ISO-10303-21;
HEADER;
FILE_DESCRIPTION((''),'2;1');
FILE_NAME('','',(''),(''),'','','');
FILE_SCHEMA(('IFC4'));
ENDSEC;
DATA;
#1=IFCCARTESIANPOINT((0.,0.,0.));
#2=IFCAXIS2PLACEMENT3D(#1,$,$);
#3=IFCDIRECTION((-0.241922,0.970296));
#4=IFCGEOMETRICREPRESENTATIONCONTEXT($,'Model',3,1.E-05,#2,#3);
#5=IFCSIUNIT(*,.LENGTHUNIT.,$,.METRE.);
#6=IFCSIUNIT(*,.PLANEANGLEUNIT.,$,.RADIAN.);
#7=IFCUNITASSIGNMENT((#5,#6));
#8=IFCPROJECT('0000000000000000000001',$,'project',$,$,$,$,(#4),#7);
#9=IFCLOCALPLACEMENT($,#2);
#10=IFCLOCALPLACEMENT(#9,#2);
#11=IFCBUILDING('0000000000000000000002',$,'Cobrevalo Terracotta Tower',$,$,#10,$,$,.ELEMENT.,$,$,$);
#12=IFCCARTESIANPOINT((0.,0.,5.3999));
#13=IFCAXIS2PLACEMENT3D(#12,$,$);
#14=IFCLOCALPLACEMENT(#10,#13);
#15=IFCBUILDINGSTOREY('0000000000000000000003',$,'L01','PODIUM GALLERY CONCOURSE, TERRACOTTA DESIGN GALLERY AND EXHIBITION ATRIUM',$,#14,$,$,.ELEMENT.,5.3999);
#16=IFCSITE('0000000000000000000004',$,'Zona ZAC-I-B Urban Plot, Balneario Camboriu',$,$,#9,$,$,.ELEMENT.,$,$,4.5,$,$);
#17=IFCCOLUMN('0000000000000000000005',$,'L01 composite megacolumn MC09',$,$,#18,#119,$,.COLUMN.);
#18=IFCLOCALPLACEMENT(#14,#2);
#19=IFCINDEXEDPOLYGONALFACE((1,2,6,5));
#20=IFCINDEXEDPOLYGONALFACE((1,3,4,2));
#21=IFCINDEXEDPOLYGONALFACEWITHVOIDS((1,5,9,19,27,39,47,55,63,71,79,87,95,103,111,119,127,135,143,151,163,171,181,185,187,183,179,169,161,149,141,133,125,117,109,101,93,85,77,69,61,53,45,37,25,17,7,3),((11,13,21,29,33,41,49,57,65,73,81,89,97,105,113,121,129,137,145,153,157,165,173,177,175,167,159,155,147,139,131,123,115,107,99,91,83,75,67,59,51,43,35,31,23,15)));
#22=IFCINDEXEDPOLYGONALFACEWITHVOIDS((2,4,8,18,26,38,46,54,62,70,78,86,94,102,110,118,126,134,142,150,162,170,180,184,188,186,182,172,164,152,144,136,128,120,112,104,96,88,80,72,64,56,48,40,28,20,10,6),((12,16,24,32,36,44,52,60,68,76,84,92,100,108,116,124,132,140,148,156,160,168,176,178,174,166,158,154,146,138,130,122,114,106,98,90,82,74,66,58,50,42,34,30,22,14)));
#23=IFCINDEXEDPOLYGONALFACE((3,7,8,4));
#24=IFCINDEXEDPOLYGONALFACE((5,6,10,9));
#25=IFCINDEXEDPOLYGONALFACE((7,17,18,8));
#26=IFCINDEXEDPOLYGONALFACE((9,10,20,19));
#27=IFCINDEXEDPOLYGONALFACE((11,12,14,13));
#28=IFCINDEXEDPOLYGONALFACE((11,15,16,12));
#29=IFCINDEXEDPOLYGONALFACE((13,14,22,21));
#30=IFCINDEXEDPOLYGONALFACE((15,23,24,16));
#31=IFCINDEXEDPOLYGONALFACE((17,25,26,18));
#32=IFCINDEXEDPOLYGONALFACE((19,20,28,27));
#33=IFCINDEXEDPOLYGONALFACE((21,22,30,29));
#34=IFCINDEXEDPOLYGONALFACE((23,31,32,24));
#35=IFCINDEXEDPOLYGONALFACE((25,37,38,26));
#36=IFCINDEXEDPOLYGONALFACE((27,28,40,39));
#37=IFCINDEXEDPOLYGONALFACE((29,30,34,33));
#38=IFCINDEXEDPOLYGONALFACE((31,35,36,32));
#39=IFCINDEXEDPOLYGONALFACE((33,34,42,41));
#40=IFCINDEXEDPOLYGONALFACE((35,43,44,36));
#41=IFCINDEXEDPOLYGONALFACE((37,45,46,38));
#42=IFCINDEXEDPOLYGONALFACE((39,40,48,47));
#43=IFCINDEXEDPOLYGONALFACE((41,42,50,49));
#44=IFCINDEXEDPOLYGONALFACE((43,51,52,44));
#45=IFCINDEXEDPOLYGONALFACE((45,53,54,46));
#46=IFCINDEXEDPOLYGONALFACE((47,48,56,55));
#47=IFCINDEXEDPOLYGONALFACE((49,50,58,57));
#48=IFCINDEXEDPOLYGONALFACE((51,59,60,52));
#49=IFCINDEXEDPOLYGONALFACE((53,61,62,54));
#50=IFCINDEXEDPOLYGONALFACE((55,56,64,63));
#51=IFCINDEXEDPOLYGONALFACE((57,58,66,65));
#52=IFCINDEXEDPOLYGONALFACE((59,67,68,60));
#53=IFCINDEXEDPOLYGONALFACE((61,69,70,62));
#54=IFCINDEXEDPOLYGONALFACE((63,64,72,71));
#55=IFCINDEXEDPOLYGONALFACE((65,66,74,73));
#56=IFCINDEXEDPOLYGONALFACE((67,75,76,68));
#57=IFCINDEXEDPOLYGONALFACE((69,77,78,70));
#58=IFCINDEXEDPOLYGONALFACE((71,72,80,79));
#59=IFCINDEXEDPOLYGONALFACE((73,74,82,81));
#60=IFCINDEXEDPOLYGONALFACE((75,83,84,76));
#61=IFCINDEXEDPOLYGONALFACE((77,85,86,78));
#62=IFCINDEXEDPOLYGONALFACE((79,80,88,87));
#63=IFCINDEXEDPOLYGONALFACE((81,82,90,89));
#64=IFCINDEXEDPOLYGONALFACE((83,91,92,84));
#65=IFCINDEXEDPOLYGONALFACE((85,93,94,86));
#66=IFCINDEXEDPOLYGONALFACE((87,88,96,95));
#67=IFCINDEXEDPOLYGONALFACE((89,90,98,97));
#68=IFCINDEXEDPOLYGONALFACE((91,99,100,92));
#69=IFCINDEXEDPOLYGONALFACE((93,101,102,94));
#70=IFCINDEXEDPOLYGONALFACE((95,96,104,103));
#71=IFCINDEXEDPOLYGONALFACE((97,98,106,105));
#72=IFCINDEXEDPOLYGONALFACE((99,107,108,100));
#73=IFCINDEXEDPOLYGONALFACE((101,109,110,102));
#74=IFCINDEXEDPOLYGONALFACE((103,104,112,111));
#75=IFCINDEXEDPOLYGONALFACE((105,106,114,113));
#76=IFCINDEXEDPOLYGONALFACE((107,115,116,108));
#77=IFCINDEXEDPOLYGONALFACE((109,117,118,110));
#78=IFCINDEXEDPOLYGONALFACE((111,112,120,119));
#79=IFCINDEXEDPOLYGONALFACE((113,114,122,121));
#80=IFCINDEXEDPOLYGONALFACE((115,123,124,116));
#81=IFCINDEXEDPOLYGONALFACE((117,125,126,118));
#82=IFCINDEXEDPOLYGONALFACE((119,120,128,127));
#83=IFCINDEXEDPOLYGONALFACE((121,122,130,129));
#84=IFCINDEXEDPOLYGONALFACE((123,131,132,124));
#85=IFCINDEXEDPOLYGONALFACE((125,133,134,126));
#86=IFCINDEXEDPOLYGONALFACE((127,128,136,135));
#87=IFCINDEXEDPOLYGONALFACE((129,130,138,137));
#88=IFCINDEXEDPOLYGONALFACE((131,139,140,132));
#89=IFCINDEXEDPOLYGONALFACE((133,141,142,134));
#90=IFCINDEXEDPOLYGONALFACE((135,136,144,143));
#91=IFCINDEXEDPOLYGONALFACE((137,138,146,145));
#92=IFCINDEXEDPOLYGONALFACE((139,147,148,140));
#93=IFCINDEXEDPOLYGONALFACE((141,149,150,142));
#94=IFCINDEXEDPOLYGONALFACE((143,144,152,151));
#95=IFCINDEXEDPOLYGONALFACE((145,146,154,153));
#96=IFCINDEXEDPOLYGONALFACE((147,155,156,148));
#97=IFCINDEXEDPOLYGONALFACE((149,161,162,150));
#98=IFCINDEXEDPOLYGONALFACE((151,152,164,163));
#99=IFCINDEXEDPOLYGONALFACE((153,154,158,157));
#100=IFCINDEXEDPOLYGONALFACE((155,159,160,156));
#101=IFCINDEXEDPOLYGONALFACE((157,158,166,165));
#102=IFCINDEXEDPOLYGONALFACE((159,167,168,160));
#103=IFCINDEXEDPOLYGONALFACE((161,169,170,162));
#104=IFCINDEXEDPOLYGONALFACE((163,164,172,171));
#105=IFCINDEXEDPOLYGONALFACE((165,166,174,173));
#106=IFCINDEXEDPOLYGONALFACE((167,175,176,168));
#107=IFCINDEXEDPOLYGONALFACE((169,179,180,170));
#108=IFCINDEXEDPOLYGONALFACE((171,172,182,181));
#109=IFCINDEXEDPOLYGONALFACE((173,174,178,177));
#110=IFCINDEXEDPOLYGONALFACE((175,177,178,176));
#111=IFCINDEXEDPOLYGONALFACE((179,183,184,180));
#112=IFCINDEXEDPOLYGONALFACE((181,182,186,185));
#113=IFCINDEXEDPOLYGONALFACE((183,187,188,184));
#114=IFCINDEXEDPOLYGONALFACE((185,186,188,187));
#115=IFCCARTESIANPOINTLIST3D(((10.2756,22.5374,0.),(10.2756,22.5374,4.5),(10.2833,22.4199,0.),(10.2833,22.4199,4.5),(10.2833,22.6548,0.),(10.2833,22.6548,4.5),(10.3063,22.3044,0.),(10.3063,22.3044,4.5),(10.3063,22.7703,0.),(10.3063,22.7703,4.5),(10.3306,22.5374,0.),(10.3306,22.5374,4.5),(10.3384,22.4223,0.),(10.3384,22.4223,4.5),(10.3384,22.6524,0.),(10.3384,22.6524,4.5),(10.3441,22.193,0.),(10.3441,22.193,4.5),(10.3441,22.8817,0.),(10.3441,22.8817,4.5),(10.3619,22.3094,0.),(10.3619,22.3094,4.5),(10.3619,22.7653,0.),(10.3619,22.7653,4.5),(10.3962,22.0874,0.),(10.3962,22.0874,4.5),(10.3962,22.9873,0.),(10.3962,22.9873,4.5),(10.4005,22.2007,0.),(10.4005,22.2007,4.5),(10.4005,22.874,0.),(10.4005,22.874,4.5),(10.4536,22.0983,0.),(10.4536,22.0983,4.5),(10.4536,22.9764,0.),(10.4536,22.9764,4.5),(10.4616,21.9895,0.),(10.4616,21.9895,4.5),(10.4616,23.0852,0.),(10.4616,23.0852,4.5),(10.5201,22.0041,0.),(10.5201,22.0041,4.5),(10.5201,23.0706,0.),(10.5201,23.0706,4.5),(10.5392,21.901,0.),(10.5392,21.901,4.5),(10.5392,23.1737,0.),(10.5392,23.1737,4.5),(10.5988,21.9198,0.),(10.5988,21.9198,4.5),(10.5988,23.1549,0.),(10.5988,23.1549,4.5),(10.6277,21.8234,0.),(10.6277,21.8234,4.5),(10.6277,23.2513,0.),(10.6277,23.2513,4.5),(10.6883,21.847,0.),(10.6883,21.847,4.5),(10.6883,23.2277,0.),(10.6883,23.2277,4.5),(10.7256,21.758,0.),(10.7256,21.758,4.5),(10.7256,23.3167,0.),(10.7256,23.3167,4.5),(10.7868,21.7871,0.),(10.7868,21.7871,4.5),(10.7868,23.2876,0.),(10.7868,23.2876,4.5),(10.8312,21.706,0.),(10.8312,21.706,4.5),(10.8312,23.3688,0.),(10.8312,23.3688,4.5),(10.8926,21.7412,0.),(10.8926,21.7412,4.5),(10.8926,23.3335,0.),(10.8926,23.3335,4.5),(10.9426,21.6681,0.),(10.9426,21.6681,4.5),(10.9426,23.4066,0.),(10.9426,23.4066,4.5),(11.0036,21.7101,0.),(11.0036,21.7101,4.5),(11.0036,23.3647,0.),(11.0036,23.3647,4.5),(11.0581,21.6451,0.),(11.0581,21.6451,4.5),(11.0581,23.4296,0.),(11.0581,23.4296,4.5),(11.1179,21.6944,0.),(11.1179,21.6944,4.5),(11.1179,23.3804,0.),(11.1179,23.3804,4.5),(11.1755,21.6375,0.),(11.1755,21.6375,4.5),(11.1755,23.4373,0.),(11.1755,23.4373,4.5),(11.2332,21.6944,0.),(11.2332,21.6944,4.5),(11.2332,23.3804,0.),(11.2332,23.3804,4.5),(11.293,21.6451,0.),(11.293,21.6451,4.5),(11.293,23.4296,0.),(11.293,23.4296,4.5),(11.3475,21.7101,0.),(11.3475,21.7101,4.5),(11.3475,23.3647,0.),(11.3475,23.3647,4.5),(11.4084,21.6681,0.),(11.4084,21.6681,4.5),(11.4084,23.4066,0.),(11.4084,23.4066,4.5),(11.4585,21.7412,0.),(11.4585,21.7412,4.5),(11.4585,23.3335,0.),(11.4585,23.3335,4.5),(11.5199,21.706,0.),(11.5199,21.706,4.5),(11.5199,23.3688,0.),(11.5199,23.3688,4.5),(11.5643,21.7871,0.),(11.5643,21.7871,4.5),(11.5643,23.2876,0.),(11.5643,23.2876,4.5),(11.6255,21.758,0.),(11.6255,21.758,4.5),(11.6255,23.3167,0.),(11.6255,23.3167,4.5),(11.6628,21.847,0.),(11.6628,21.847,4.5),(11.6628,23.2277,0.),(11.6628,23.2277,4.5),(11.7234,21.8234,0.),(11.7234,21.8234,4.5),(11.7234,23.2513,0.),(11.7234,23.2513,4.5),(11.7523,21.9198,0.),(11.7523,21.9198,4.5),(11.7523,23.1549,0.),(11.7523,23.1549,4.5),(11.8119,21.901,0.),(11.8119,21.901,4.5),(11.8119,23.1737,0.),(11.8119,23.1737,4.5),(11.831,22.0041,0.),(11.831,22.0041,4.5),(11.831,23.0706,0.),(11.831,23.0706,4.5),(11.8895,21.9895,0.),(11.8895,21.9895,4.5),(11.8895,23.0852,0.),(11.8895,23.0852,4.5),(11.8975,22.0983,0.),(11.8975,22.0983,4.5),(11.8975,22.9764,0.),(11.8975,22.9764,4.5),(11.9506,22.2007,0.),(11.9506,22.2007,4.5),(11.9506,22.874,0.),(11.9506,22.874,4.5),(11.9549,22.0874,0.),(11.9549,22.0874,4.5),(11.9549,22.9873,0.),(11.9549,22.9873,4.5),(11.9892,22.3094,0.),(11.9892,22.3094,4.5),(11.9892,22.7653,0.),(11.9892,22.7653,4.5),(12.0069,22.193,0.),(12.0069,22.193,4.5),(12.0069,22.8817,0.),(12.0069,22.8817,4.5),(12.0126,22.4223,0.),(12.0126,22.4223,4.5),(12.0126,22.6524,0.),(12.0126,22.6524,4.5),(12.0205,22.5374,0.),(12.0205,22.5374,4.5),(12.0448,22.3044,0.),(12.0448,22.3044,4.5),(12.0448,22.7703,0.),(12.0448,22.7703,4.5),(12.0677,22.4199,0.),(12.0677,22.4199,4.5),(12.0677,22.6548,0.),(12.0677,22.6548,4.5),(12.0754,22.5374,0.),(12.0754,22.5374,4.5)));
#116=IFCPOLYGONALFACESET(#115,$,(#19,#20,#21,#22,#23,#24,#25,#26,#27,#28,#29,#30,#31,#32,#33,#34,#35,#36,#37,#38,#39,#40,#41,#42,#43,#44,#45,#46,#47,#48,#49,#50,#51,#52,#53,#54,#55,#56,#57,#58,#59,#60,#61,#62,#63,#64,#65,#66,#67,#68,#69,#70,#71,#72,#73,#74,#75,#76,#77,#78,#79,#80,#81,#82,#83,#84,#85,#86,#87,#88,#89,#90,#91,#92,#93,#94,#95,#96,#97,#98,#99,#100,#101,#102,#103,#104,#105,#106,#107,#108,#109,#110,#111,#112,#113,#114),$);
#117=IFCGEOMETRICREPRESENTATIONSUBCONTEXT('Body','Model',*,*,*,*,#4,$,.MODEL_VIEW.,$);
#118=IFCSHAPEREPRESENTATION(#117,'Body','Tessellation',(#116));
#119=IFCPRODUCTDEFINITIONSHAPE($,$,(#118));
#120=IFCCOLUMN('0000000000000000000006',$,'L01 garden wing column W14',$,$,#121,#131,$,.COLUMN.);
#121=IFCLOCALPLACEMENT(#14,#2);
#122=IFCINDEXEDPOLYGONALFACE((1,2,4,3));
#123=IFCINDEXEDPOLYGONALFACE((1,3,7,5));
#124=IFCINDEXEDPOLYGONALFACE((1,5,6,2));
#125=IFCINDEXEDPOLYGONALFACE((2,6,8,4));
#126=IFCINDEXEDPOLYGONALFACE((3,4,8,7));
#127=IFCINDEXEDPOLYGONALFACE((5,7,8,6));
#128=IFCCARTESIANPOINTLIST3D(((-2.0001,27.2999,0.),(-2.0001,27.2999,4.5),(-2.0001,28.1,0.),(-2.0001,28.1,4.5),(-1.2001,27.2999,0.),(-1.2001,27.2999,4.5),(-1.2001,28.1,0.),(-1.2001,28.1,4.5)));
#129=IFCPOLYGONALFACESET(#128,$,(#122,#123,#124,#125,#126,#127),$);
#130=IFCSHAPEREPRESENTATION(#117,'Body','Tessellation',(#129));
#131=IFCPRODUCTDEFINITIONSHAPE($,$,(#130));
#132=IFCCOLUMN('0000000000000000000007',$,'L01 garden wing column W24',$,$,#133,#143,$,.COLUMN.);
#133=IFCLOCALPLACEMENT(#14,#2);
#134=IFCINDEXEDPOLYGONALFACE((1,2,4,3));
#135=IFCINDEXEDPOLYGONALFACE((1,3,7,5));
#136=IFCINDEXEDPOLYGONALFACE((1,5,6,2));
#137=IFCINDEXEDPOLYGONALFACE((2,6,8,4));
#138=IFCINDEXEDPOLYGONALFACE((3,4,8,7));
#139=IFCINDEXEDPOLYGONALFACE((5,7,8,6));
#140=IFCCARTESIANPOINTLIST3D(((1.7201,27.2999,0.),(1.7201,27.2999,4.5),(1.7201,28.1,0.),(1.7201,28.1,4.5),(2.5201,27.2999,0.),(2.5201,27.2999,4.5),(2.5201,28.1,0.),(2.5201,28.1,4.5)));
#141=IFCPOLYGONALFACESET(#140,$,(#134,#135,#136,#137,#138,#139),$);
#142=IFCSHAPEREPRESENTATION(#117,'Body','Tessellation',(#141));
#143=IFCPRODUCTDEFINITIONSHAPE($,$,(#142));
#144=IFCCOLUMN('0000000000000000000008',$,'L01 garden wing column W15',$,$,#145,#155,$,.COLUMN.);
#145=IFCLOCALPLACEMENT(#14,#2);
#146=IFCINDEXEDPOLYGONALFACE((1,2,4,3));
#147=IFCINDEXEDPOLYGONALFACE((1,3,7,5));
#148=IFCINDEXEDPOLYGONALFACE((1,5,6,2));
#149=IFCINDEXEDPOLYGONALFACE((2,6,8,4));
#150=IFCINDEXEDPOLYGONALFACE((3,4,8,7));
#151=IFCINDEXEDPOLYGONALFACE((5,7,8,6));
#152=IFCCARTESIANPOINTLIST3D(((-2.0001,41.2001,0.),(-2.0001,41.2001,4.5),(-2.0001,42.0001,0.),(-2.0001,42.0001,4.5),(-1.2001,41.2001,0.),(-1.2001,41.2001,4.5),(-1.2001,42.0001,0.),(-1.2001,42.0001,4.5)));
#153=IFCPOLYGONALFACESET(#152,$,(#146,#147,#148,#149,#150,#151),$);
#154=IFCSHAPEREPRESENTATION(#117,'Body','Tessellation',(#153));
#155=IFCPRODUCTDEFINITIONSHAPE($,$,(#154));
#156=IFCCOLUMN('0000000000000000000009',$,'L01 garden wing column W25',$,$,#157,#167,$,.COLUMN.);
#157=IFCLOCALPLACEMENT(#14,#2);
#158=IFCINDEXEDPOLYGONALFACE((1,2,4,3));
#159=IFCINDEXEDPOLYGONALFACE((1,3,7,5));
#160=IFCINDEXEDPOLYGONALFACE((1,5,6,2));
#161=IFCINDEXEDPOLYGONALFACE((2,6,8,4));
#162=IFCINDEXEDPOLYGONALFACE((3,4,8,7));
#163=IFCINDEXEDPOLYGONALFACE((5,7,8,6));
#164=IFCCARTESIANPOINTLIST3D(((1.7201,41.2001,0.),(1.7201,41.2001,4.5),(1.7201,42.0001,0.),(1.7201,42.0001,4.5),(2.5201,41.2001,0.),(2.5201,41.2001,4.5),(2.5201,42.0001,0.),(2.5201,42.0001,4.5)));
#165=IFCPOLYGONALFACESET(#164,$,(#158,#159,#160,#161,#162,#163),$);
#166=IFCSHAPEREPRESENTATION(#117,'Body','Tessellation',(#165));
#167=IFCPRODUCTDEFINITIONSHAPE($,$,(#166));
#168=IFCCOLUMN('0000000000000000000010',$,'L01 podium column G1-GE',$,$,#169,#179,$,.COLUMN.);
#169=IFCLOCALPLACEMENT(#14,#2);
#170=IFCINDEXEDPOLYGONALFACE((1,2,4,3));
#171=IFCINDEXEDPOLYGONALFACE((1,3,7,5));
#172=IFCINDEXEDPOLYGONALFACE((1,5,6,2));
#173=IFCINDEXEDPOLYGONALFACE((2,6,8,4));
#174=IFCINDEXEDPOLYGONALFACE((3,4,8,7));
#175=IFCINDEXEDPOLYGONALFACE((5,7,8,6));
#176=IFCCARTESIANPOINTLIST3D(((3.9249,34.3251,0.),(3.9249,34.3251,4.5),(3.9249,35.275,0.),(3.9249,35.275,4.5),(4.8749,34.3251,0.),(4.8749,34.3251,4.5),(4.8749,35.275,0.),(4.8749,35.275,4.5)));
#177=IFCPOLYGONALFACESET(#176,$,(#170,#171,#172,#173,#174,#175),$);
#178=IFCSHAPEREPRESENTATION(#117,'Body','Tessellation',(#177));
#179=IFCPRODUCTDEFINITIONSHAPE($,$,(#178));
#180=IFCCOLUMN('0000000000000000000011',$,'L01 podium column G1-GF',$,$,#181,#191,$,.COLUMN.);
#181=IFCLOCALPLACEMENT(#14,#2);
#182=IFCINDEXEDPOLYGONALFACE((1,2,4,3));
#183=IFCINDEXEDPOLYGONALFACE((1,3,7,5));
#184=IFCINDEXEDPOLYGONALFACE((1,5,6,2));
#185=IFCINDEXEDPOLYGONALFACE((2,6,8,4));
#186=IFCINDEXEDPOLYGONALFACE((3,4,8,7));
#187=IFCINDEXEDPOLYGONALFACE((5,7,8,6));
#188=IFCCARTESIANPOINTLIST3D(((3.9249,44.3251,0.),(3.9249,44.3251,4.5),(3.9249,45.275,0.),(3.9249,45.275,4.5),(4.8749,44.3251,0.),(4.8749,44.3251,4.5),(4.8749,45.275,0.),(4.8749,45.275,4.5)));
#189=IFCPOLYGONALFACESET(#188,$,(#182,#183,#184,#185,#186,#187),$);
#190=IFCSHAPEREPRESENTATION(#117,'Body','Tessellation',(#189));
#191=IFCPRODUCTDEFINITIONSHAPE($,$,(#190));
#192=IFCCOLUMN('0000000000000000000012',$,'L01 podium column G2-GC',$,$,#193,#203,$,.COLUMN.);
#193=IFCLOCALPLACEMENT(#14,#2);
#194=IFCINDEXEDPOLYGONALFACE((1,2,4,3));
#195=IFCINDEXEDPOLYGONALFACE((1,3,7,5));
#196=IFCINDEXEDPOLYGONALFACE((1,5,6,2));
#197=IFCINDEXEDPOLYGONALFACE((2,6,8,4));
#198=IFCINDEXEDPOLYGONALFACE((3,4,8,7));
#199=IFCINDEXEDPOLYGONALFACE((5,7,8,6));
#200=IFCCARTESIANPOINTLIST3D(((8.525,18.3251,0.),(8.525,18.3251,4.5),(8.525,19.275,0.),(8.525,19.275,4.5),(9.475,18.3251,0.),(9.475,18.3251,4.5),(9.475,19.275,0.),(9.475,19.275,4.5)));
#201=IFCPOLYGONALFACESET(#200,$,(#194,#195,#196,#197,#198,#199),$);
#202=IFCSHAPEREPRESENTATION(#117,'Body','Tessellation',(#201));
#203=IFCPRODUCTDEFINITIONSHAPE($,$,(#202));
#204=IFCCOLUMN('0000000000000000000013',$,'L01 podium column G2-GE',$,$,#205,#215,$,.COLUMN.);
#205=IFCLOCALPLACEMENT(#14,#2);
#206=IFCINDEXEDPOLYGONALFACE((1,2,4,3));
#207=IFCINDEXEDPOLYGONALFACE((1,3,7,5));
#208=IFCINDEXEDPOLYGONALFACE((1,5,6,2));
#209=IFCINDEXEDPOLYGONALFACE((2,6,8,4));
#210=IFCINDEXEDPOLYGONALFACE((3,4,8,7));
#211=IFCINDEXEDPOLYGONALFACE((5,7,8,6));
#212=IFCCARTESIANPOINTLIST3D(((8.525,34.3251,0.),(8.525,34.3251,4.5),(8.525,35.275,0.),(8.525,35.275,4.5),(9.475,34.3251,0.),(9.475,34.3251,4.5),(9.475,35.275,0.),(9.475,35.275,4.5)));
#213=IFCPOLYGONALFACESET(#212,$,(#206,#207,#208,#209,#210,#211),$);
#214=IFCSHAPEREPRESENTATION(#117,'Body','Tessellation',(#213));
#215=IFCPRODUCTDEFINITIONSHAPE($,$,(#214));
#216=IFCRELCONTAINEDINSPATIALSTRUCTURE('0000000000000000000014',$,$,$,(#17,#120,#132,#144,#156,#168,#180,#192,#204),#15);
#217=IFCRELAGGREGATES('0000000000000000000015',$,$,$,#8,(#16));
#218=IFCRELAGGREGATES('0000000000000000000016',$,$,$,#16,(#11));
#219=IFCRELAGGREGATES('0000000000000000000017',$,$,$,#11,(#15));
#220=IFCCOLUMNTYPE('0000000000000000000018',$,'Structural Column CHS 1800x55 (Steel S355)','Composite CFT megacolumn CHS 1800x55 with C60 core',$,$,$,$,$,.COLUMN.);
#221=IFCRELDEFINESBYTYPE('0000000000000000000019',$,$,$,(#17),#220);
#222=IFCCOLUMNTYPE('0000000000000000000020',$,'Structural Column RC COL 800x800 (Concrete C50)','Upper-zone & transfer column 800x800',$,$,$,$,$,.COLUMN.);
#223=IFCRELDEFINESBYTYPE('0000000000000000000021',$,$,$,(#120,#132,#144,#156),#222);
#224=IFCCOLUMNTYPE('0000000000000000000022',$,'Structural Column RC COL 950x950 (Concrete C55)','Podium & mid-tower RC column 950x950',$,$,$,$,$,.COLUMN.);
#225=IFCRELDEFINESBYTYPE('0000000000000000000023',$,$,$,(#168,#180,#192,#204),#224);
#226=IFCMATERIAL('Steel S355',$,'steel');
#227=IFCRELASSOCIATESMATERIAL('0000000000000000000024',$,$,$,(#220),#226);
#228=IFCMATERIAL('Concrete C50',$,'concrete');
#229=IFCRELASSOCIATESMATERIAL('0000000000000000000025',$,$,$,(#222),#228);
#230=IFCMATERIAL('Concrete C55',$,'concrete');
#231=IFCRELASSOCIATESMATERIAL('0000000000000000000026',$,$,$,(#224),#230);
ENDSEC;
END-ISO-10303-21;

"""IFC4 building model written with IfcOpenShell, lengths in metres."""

from ifc_helpers import new_model, si_unit, direction, frame, origin, origin_2d, place, context, subcontext, project, spatial, rectangle, hollow_circle, extrude, material, material_profile, profile_set, type_object, element, save


model = new_model("IFC4")

# Units and contexts
model_context = context("Model", 3, precision=1e-05, world=origin(), true_north=direction((-0.241922, 0.970296)))
body_context = subcontext(model_context, "Body", "Model", "MODEL_VIEW")
ifc_project = project(units=[si_unit("LENGTHUNIT", "METRE"), si_unit("PLANEANGLEUNIT", "RADIAN")], contexts=[model_context])

# Site, building, storey
site_placement = place(None, origin())
site = spatial("IfcSite", under=ifc_project, at=site_placement, Name="Zona ZAC-I-B Urban Plot, Balneario Camboriu", CompositionType="ELEMENT", RefElevation=4.5)
building_placement = place(site_placement, origin())
building = spatial("IfcBuilding", under=site, at=building_placement, Name="Cobrevalo Terracotta Tower", CompositionType="ELEMENT")
storey_placement = place(building_placement, frame((0.0, 0.0, 5.3999)))
storey = spatial("IfcBuildingStorey", under=building, at=storey_placement, Name="L01", Description="PODIUM GALLERY CONCOURSE, TERRACOTTA DESIGN GALLERY AND EXHIBITION ATRIUM", CompositionType="ELEMENT", Elevation=5.3999)

# Columns
ifc_material_1 = material(Name="Steel S355", Category="steel")
ifc_material_profile_1 = material_profile(ifc_material_1, hollow_circle(Radius=0.8999, WallThickness=0.0549, at=origin_2d()), Name="CHS 1800x55")
ifc_profile_set_1 = profile_set([ifc_material_profile_1], Name="Steel S355")
column_type_1 = type_object("IfcColumnType", Name="Structural Column CHS 1800x55 (Steel S355)", Description="Composite CFT megacolumn CHS 1800x55 with C60 core", PredefinedType="COLUMN", material=ifc_profile_set_1)
for number, where, z_axis, x_axis, name in (
    (1, (11.1755, 22.5374, 0.0), (0.0, 0.0, 1.0), (1.0, 0.0, 0.0), "L01 composite megacolumn MC09"),
):
    element("IfcColumn", number, at=place(storey_placement, frame(where, z_axis=z_axis, x_axis=x_axis)), inside=storey, type_object=column_type_1, Name=name, PredefinedType="COLUMN", context=body_context, shape_type="SweptSolid", body=[
        extrude(hollow_circle(Radius=0.8999, WallThickness=0.0549, at=origin_2d()), origin(), (0.0, 0.0, 1.0), 4.5),
    ])
ifc_material_2 = material(Name="Concrete C50", Category="concrete")
ifc_material_profile_2 = material_profile(ifc_material_2, rectangle(XDim=0.8, YDim=0.8, at=origin_2d()), Name="RC COL 800x800")
ifc_profile_set_2 = profile_set([ifc_material_profile_2], Name="Concrete C50")
column_type_2 = type_object("IfcColumnType", Name="Structural Column RC COL 800x800 (Concrete C50)", Description="Upper-zone & transfer column 800x800", PredefinedType="COLUMN", material=ifc_profile_set_2)
for number, where, z_axis, x_axis, name in (
    (2, (-1.6001, 27.7, 0.0), (0.0, 0.0, 1.0), (1.0, 0.0, 0.0), "L01 garden wing column W14"),
    (3, (2.1201, 27.7, 0.0), (0.0, 0.0, 1.0), (1.0, 0.0, 0.0), "L01 garden wing column W24"),
    (4, (-1.6001, 41.6001, 0.0), (0.0, 0.0, 1.0), (1.0, 0.0, 0.0), "L01 garden wing column W15"),
    (5, (2.1201, 41.6001, 0.0), (0.0, 0.0, 1.0), (1.0, 0.0, 0.0), "L01 garden wing column W25"),
):
    element("IfcColumn", number, at=place(storey_placement, frame(where, z_axis=z_axis, x_axis=x_axis)), inside=storey, type_object=column_type_2, Name=name, PredefinedType="COLUMN", context=body_context, shape_type="SweptSolid", body=[
        extrude(rectangle(XDim=0.8, YDim=0.8, at=origin_2d()), origin(), (0.0, 0.0, 1.0), 4.5),
    ])
ifc_material_3 = material(Name="Concrete C55", Category="concrete")
ifc_material_profile_3 = material_profile(ifc_material_3, rectangle(XDim=0.95, YDim=0.95, at=origin_2d()), Name="RC COL 950x950")
ifc_profile_set_3 = profile_set([ifc_material_profile_3], Name="Concrete C55")
column_type_3 = type_object("IfcColumnType", Name="Structural Column RC COL 950x950 (Concrete C55)", Description="Podium & mid-tower RC column 950x950", PredefinedType="COLUMN", material=ifc_profile_set_3)
for number, where, z_axis, x_axis, name in (
    (6, (4.3999, 34.8, 0.0), (0.0, 0.0, 1.0), (1.0, 0.0, 0.0), "L01 podium column G1-GE"),
    (7, (4.3999, 44.8, 0.0), (0.0, 0.0, 1.0), (1.0, 0.0, 0.0), "L01 podium column G1-GF"),
    (8, (9.0, 18.8, 0.0), (0.0, 0.0, 1.0), (1.0, 0.0, 0.0), "L01 podium column G2-GC"),
    (9, (9.0, 34.8, 0.0), (0.0, 0.0, 1.0), (1.0, 0.0, 0.0), "L01 podium column G2-GE"),
):
    element("IfcColumn", number, at=place(storey_placement, frame(where, z_axis=z_axis, x_axis=x_axis)), inside=storey, type_object=column_type_3, Name=name, PredefinedType="COLUMN", context=body_context, shape_type="SweptSolid", body=[
        extrude(rectangle(XDim=0.95, YDim=0.95, at=origin_2d()), origin(), (0.0, 0.0, 1.0), 4.5),
    ])

save(model, "model.ifc")
